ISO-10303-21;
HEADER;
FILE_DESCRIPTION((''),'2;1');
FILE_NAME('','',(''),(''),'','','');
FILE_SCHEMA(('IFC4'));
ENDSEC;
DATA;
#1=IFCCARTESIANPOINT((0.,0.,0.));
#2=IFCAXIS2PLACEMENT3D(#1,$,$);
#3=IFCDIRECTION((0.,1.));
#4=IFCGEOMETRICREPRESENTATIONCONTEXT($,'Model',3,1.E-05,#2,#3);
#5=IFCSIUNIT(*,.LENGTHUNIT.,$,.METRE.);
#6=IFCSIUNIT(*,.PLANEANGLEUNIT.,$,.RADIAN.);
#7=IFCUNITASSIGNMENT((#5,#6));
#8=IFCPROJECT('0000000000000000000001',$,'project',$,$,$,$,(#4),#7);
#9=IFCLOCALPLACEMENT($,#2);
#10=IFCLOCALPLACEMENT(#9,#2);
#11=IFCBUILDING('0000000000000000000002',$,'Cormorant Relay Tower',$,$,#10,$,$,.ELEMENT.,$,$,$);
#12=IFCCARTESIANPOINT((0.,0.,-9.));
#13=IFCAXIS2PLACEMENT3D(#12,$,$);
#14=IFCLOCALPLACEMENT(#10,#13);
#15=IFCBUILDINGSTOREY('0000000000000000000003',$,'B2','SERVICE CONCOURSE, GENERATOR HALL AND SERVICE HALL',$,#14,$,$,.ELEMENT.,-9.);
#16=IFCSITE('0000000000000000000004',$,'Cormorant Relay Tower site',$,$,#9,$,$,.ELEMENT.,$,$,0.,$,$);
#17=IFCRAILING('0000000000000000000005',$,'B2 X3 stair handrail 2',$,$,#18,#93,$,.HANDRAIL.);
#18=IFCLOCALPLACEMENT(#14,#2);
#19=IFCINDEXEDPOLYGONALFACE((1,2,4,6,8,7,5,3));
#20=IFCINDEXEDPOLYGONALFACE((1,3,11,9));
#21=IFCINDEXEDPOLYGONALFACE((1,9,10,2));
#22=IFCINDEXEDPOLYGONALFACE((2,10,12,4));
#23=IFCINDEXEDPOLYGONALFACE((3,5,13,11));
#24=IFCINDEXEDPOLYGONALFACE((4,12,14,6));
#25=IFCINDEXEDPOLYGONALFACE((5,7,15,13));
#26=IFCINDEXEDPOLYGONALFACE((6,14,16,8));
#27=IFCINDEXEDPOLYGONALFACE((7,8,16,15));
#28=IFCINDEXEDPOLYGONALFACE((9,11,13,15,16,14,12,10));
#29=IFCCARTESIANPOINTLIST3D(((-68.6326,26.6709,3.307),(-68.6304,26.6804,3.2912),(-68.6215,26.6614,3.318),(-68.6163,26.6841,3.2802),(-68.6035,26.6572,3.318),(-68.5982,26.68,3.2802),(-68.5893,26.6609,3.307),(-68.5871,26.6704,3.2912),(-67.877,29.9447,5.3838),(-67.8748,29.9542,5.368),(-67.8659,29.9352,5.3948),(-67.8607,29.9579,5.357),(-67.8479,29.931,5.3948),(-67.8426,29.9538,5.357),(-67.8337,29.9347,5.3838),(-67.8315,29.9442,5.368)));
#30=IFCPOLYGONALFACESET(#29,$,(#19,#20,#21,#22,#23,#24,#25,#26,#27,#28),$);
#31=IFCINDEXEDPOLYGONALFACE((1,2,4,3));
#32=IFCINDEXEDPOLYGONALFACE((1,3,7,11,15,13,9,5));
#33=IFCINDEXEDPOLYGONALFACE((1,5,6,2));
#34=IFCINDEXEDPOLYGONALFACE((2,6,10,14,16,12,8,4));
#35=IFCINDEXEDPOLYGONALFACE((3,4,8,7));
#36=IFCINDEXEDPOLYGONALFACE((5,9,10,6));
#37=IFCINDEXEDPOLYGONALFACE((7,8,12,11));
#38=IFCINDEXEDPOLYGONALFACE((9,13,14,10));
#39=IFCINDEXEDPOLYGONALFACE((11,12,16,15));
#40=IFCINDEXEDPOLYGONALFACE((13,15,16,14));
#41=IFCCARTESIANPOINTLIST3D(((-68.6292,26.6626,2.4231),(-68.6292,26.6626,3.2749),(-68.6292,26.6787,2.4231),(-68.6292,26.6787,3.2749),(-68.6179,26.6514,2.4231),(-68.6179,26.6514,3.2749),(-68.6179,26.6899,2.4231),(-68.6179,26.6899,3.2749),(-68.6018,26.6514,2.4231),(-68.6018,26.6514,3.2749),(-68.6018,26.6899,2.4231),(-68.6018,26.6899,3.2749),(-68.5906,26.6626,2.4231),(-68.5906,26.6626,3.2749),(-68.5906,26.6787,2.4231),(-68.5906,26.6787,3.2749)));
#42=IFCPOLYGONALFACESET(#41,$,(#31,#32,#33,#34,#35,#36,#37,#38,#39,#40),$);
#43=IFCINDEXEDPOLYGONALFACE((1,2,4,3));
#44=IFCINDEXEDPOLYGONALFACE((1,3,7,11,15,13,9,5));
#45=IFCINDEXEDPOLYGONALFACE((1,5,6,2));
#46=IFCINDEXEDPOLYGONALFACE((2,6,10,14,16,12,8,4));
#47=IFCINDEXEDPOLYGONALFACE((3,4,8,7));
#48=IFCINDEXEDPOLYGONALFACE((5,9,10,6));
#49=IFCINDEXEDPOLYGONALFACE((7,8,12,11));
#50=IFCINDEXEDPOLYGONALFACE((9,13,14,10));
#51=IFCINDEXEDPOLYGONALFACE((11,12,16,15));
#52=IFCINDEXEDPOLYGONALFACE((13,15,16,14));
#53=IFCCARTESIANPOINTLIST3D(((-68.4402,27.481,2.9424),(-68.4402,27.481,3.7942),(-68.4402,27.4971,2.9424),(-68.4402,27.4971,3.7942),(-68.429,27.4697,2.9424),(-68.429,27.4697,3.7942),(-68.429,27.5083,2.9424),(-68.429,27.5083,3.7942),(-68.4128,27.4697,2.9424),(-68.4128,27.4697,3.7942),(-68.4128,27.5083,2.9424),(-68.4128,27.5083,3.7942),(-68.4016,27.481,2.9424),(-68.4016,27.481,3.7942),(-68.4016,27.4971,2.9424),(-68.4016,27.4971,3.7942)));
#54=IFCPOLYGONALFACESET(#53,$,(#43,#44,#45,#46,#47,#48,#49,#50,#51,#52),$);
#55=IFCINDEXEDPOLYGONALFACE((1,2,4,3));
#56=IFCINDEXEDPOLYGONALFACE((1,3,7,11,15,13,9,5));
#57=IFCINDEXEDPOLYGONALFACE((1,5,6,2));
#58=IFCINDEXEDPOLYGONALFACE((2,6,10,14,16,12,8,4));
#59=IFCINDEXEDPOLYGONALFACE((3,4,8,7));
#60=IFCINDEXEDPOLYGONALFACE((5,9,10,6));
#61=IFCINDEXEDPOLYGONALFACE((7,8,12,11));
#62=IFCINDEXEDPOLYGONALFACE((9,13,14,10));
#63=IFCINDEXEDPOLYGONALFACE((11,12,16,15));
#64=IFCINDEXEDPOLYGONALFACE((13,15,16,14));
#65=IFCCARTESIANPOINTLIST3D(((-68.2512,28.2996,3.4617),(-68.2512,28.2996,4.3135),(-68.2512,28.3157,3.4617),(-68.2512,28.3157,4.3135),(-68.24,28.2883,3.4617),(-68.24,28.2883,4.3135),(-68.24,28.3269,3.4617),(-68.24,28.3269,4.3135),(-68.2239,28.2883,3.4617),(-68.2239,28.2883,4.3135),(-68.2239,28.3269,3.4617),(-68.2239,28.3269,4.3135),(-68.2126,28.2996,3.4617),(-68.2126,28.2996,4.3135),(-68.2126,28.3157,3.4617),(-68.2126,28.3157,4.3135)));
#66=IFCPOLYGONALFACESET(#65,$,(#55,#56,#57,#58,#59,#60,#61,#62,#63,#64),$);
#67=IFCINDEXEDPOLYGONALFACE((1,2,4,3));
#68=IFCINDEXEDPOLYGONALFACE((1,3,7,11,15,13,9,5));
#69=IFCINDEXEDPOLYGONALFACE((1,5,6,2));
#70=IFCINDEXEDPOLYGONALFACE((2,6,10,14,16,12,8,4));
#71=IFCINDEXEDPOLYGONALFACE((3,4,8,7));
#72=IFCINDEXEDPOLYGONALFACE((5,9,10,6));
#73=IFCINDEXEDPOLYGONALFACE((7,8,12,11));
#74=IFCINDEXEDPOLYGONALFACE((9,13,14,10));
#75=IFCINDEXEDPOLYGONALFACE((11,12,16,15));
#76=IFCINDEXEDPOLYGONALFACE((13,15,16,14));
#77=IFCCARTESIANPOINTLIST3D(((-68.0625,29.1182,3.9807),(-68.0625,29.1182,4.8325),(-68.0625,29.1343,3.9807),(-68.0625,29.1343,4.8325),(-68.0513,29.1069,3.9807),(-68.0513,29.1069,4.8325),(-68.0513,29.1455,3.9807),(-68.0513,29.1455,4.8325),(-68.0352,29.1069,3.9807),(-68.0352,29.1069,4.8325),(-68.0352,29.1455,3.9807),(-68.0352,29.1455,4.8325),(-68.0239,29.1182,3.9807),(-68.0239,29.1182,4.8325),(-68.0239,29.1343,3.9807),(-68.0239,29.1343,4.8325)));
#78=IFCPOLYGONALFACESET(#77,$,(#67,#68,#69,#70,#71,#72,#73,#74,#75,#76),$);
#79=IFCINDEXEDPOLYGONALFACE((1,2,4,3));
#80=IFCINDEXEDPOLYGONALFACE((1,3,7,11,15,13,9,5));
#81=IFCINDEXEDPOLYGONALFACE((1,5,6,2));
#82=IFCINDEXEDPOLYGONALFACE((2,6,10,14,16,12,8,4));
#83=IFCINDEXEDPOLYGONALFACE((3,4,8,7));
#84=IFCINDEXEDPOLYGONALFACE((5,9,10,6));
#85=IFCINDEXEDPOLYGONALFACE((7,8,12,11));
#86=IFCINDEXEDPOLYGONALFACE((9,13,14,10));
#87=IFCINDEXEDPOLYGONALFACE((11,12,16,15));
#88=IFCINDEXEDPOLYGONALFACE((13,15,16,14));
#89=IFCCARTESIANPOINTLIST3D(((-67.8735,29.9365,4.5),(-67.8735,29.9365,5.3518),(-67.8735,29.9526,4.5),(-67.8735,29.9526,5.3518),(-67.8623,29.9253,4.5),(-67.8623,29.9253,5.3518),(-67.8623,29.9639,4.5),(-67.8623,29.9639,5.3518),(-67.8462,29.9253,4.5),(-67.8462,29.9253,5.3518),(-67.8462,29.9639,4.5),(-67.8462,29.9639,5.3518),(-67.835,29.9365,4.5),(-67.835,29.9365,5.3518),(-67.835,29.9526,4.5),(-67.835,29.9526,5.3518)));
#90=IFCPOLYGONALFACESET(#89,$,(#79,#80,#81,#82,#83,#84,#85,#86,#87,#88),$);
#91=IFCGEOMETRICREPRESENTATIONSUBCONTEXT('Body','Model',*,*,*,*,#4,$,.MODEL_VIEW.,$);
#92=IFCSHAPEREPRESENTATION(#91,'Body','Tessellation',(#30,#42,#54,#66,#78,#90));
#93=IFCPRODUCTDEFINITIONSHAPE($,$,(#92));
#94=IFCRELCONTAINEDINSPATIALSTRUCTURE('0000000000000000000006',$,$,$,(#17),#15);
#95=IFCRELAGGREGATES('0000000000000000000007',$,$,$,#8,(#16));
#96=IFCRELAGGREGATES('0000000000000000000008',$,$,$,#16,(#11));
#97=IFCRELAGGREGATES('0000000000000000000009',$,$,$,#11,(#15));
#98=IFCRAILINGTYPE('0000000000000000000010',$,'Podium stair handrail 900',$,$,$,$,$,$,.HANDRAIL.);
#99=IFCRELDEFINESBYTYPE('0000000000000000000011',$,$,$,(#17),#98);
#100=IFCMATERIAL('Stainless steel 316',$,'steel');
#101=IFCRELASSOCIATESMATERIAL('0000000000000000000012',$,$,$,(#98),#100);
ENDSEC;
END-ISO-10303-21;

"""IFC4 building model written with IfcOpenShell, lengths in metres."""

from ifc_helpers import new_model, si_unit, direction, frame, origin, place, context, subcontext, project, spatial, polyline, outline, extrude, material, type_object, element, save


model = new_model("IFC4")

# Units and contexts
model_context = context("Model", 3, precision=1e-05, world=origin(), true_north=direction((0.0, 1.0)))
body_context = subcontext(model_context, "Body", "Model", "MODEL_VIEW")
ifc_project = project(units=[si_unit("LENGTHUNIT", "METRE"), si_unit("PLANEANGLEUNIT", "RADIAN")], contexts=[model_context])

# Site, building, storey
site_placement = place(None, origin())
site = spatial("IfcSite", under=ifc_project, at=site_placement, Name="Cormorant Relay Tower site", CompositionType="ELEMENT", RefElevation=0.0)
building_placement = place(site_placement, origin())
building = spatial("IfcBuilding", under=site, at=building_placement, Name="Cormorant Relay Tower", CompositionType="ELEMENT")
storey_placement = place(building_placement, frame((0.0, 0.0, -9.0)))
storey = spatial("IfcBuildingStorey", under=building, at=storey_placement, Name="B2", Description="SERVICE CONCOURSE, GENERATOR HALL AND SERVICE HALL", CompositionType="ELEMENT", Elevation=-9.0)

# Railing
ifc_material_1 = material(Name="Stainless steel 316", Category="steel")
railing_type_1 = type_object("IfcRailingType", Name="Podium stair handrail 900", PredefinedType="HANDRAIL", material=ifc_material_1)
railing_1_placement = place(storey_placement, frame((-68.6099, 26.6707, 2.4231)))
element("IfcRailing", 1, at=railing_1_placement, inside=storey, type_object=railing_type_1, Name="B2 X3 stair handrail 2", PredefinedType="HANDRAIL", context=body_context, shape_type="SweptSolid", body=[
    extrude(outline(polyline([(0.0222, 0.0093), (0.0093, 0.0222), (-0.0093, 0.0222), (-0.0222, 0.0093), (-0.0222, -0.0093), (-0.0093, -0.0222), (0.0093, -0.0222), (0.0222, -0.0093), (0.0222, 0.0093)])), frame((0.0, 0.0, 0.876), z_axis=(0.191291, 0.828827, 0.525789), x_axis=(-0.974385, 0.224886, 0.0)), (0.0, 0.0, 1.0), 3.95),
    extrude(outline(polyline([(0.0193, 0.0081), (0.0081, 0.0193), (-0.0081, 0.0193), (-0.0193, 0.0081), (-0.0193, -0.0081), (-0.0081, -0.0193), (0.0081, -0.0193), (0.0193, -0.0081), (0.0193, 0.0081)])), origin(), (0.0, 0.0, 1.0), 0.8518),
    extrude(outline(polyline([(0.0193, 0.0081), (0.0081, 0.0193), (-0.0081, 0.0193), (-0.0193, 0.0081), (-0.0193, -0.0081), (-0.0081, -0.0193), (0.0081, -0.0193), (0.0193, -0.0081), (0.0193, 0.0081)])), frame((0.189, 0.8184, 0.5193)), (0.0, 0.0, 1.0), 0.8518),
    extrude(outline(polyline([(0.0193, 0.0081), (0.0081, 0.0193), (-0.0081, 0.0193), (-0.0193, 0.0081), (-0.0193, -0.0081), (-0.0081, -0.0193), (0.0081, -0.0193), (0.0193, -0.0081), (0.0193, 0.0081)])), frame((0.3779, 1.637, 1.0386)), (0.0, 0.0, 1.0), 0.8518),
    extrude(outline(polyline([(0.0193, 0.0081), (0.0081, 0.0193), (-0.0081, 0.0193), (-0.0193, 0.0081), (-0.0193, -0.0081), (-0.0081, -0.0193), (0.0081, -0.0193), (0.0193, -0.0081), (0.0193, 0.0081)])), frame((0.5667, 2.4556, 1.5576)), (0.0, 0.0, 1.0), 0.8518),
    extrude(outline(polyline([(0.0193, 0.0081), (0.0081, 0.0193), (-0.0081, 0.0193), (-0.0193, 0.0081), (-0.0193, -0.0081), (-0.0081, -0.0193), (0.0081, -0.0193), (0.0193, -0.0081), (0.0193, 0.0081)])), frame((0.7556, 3.2739, 2.0769)), (0.0, 0.0, 1.0), 0.8518),
])

save(model, "model.ifc")
